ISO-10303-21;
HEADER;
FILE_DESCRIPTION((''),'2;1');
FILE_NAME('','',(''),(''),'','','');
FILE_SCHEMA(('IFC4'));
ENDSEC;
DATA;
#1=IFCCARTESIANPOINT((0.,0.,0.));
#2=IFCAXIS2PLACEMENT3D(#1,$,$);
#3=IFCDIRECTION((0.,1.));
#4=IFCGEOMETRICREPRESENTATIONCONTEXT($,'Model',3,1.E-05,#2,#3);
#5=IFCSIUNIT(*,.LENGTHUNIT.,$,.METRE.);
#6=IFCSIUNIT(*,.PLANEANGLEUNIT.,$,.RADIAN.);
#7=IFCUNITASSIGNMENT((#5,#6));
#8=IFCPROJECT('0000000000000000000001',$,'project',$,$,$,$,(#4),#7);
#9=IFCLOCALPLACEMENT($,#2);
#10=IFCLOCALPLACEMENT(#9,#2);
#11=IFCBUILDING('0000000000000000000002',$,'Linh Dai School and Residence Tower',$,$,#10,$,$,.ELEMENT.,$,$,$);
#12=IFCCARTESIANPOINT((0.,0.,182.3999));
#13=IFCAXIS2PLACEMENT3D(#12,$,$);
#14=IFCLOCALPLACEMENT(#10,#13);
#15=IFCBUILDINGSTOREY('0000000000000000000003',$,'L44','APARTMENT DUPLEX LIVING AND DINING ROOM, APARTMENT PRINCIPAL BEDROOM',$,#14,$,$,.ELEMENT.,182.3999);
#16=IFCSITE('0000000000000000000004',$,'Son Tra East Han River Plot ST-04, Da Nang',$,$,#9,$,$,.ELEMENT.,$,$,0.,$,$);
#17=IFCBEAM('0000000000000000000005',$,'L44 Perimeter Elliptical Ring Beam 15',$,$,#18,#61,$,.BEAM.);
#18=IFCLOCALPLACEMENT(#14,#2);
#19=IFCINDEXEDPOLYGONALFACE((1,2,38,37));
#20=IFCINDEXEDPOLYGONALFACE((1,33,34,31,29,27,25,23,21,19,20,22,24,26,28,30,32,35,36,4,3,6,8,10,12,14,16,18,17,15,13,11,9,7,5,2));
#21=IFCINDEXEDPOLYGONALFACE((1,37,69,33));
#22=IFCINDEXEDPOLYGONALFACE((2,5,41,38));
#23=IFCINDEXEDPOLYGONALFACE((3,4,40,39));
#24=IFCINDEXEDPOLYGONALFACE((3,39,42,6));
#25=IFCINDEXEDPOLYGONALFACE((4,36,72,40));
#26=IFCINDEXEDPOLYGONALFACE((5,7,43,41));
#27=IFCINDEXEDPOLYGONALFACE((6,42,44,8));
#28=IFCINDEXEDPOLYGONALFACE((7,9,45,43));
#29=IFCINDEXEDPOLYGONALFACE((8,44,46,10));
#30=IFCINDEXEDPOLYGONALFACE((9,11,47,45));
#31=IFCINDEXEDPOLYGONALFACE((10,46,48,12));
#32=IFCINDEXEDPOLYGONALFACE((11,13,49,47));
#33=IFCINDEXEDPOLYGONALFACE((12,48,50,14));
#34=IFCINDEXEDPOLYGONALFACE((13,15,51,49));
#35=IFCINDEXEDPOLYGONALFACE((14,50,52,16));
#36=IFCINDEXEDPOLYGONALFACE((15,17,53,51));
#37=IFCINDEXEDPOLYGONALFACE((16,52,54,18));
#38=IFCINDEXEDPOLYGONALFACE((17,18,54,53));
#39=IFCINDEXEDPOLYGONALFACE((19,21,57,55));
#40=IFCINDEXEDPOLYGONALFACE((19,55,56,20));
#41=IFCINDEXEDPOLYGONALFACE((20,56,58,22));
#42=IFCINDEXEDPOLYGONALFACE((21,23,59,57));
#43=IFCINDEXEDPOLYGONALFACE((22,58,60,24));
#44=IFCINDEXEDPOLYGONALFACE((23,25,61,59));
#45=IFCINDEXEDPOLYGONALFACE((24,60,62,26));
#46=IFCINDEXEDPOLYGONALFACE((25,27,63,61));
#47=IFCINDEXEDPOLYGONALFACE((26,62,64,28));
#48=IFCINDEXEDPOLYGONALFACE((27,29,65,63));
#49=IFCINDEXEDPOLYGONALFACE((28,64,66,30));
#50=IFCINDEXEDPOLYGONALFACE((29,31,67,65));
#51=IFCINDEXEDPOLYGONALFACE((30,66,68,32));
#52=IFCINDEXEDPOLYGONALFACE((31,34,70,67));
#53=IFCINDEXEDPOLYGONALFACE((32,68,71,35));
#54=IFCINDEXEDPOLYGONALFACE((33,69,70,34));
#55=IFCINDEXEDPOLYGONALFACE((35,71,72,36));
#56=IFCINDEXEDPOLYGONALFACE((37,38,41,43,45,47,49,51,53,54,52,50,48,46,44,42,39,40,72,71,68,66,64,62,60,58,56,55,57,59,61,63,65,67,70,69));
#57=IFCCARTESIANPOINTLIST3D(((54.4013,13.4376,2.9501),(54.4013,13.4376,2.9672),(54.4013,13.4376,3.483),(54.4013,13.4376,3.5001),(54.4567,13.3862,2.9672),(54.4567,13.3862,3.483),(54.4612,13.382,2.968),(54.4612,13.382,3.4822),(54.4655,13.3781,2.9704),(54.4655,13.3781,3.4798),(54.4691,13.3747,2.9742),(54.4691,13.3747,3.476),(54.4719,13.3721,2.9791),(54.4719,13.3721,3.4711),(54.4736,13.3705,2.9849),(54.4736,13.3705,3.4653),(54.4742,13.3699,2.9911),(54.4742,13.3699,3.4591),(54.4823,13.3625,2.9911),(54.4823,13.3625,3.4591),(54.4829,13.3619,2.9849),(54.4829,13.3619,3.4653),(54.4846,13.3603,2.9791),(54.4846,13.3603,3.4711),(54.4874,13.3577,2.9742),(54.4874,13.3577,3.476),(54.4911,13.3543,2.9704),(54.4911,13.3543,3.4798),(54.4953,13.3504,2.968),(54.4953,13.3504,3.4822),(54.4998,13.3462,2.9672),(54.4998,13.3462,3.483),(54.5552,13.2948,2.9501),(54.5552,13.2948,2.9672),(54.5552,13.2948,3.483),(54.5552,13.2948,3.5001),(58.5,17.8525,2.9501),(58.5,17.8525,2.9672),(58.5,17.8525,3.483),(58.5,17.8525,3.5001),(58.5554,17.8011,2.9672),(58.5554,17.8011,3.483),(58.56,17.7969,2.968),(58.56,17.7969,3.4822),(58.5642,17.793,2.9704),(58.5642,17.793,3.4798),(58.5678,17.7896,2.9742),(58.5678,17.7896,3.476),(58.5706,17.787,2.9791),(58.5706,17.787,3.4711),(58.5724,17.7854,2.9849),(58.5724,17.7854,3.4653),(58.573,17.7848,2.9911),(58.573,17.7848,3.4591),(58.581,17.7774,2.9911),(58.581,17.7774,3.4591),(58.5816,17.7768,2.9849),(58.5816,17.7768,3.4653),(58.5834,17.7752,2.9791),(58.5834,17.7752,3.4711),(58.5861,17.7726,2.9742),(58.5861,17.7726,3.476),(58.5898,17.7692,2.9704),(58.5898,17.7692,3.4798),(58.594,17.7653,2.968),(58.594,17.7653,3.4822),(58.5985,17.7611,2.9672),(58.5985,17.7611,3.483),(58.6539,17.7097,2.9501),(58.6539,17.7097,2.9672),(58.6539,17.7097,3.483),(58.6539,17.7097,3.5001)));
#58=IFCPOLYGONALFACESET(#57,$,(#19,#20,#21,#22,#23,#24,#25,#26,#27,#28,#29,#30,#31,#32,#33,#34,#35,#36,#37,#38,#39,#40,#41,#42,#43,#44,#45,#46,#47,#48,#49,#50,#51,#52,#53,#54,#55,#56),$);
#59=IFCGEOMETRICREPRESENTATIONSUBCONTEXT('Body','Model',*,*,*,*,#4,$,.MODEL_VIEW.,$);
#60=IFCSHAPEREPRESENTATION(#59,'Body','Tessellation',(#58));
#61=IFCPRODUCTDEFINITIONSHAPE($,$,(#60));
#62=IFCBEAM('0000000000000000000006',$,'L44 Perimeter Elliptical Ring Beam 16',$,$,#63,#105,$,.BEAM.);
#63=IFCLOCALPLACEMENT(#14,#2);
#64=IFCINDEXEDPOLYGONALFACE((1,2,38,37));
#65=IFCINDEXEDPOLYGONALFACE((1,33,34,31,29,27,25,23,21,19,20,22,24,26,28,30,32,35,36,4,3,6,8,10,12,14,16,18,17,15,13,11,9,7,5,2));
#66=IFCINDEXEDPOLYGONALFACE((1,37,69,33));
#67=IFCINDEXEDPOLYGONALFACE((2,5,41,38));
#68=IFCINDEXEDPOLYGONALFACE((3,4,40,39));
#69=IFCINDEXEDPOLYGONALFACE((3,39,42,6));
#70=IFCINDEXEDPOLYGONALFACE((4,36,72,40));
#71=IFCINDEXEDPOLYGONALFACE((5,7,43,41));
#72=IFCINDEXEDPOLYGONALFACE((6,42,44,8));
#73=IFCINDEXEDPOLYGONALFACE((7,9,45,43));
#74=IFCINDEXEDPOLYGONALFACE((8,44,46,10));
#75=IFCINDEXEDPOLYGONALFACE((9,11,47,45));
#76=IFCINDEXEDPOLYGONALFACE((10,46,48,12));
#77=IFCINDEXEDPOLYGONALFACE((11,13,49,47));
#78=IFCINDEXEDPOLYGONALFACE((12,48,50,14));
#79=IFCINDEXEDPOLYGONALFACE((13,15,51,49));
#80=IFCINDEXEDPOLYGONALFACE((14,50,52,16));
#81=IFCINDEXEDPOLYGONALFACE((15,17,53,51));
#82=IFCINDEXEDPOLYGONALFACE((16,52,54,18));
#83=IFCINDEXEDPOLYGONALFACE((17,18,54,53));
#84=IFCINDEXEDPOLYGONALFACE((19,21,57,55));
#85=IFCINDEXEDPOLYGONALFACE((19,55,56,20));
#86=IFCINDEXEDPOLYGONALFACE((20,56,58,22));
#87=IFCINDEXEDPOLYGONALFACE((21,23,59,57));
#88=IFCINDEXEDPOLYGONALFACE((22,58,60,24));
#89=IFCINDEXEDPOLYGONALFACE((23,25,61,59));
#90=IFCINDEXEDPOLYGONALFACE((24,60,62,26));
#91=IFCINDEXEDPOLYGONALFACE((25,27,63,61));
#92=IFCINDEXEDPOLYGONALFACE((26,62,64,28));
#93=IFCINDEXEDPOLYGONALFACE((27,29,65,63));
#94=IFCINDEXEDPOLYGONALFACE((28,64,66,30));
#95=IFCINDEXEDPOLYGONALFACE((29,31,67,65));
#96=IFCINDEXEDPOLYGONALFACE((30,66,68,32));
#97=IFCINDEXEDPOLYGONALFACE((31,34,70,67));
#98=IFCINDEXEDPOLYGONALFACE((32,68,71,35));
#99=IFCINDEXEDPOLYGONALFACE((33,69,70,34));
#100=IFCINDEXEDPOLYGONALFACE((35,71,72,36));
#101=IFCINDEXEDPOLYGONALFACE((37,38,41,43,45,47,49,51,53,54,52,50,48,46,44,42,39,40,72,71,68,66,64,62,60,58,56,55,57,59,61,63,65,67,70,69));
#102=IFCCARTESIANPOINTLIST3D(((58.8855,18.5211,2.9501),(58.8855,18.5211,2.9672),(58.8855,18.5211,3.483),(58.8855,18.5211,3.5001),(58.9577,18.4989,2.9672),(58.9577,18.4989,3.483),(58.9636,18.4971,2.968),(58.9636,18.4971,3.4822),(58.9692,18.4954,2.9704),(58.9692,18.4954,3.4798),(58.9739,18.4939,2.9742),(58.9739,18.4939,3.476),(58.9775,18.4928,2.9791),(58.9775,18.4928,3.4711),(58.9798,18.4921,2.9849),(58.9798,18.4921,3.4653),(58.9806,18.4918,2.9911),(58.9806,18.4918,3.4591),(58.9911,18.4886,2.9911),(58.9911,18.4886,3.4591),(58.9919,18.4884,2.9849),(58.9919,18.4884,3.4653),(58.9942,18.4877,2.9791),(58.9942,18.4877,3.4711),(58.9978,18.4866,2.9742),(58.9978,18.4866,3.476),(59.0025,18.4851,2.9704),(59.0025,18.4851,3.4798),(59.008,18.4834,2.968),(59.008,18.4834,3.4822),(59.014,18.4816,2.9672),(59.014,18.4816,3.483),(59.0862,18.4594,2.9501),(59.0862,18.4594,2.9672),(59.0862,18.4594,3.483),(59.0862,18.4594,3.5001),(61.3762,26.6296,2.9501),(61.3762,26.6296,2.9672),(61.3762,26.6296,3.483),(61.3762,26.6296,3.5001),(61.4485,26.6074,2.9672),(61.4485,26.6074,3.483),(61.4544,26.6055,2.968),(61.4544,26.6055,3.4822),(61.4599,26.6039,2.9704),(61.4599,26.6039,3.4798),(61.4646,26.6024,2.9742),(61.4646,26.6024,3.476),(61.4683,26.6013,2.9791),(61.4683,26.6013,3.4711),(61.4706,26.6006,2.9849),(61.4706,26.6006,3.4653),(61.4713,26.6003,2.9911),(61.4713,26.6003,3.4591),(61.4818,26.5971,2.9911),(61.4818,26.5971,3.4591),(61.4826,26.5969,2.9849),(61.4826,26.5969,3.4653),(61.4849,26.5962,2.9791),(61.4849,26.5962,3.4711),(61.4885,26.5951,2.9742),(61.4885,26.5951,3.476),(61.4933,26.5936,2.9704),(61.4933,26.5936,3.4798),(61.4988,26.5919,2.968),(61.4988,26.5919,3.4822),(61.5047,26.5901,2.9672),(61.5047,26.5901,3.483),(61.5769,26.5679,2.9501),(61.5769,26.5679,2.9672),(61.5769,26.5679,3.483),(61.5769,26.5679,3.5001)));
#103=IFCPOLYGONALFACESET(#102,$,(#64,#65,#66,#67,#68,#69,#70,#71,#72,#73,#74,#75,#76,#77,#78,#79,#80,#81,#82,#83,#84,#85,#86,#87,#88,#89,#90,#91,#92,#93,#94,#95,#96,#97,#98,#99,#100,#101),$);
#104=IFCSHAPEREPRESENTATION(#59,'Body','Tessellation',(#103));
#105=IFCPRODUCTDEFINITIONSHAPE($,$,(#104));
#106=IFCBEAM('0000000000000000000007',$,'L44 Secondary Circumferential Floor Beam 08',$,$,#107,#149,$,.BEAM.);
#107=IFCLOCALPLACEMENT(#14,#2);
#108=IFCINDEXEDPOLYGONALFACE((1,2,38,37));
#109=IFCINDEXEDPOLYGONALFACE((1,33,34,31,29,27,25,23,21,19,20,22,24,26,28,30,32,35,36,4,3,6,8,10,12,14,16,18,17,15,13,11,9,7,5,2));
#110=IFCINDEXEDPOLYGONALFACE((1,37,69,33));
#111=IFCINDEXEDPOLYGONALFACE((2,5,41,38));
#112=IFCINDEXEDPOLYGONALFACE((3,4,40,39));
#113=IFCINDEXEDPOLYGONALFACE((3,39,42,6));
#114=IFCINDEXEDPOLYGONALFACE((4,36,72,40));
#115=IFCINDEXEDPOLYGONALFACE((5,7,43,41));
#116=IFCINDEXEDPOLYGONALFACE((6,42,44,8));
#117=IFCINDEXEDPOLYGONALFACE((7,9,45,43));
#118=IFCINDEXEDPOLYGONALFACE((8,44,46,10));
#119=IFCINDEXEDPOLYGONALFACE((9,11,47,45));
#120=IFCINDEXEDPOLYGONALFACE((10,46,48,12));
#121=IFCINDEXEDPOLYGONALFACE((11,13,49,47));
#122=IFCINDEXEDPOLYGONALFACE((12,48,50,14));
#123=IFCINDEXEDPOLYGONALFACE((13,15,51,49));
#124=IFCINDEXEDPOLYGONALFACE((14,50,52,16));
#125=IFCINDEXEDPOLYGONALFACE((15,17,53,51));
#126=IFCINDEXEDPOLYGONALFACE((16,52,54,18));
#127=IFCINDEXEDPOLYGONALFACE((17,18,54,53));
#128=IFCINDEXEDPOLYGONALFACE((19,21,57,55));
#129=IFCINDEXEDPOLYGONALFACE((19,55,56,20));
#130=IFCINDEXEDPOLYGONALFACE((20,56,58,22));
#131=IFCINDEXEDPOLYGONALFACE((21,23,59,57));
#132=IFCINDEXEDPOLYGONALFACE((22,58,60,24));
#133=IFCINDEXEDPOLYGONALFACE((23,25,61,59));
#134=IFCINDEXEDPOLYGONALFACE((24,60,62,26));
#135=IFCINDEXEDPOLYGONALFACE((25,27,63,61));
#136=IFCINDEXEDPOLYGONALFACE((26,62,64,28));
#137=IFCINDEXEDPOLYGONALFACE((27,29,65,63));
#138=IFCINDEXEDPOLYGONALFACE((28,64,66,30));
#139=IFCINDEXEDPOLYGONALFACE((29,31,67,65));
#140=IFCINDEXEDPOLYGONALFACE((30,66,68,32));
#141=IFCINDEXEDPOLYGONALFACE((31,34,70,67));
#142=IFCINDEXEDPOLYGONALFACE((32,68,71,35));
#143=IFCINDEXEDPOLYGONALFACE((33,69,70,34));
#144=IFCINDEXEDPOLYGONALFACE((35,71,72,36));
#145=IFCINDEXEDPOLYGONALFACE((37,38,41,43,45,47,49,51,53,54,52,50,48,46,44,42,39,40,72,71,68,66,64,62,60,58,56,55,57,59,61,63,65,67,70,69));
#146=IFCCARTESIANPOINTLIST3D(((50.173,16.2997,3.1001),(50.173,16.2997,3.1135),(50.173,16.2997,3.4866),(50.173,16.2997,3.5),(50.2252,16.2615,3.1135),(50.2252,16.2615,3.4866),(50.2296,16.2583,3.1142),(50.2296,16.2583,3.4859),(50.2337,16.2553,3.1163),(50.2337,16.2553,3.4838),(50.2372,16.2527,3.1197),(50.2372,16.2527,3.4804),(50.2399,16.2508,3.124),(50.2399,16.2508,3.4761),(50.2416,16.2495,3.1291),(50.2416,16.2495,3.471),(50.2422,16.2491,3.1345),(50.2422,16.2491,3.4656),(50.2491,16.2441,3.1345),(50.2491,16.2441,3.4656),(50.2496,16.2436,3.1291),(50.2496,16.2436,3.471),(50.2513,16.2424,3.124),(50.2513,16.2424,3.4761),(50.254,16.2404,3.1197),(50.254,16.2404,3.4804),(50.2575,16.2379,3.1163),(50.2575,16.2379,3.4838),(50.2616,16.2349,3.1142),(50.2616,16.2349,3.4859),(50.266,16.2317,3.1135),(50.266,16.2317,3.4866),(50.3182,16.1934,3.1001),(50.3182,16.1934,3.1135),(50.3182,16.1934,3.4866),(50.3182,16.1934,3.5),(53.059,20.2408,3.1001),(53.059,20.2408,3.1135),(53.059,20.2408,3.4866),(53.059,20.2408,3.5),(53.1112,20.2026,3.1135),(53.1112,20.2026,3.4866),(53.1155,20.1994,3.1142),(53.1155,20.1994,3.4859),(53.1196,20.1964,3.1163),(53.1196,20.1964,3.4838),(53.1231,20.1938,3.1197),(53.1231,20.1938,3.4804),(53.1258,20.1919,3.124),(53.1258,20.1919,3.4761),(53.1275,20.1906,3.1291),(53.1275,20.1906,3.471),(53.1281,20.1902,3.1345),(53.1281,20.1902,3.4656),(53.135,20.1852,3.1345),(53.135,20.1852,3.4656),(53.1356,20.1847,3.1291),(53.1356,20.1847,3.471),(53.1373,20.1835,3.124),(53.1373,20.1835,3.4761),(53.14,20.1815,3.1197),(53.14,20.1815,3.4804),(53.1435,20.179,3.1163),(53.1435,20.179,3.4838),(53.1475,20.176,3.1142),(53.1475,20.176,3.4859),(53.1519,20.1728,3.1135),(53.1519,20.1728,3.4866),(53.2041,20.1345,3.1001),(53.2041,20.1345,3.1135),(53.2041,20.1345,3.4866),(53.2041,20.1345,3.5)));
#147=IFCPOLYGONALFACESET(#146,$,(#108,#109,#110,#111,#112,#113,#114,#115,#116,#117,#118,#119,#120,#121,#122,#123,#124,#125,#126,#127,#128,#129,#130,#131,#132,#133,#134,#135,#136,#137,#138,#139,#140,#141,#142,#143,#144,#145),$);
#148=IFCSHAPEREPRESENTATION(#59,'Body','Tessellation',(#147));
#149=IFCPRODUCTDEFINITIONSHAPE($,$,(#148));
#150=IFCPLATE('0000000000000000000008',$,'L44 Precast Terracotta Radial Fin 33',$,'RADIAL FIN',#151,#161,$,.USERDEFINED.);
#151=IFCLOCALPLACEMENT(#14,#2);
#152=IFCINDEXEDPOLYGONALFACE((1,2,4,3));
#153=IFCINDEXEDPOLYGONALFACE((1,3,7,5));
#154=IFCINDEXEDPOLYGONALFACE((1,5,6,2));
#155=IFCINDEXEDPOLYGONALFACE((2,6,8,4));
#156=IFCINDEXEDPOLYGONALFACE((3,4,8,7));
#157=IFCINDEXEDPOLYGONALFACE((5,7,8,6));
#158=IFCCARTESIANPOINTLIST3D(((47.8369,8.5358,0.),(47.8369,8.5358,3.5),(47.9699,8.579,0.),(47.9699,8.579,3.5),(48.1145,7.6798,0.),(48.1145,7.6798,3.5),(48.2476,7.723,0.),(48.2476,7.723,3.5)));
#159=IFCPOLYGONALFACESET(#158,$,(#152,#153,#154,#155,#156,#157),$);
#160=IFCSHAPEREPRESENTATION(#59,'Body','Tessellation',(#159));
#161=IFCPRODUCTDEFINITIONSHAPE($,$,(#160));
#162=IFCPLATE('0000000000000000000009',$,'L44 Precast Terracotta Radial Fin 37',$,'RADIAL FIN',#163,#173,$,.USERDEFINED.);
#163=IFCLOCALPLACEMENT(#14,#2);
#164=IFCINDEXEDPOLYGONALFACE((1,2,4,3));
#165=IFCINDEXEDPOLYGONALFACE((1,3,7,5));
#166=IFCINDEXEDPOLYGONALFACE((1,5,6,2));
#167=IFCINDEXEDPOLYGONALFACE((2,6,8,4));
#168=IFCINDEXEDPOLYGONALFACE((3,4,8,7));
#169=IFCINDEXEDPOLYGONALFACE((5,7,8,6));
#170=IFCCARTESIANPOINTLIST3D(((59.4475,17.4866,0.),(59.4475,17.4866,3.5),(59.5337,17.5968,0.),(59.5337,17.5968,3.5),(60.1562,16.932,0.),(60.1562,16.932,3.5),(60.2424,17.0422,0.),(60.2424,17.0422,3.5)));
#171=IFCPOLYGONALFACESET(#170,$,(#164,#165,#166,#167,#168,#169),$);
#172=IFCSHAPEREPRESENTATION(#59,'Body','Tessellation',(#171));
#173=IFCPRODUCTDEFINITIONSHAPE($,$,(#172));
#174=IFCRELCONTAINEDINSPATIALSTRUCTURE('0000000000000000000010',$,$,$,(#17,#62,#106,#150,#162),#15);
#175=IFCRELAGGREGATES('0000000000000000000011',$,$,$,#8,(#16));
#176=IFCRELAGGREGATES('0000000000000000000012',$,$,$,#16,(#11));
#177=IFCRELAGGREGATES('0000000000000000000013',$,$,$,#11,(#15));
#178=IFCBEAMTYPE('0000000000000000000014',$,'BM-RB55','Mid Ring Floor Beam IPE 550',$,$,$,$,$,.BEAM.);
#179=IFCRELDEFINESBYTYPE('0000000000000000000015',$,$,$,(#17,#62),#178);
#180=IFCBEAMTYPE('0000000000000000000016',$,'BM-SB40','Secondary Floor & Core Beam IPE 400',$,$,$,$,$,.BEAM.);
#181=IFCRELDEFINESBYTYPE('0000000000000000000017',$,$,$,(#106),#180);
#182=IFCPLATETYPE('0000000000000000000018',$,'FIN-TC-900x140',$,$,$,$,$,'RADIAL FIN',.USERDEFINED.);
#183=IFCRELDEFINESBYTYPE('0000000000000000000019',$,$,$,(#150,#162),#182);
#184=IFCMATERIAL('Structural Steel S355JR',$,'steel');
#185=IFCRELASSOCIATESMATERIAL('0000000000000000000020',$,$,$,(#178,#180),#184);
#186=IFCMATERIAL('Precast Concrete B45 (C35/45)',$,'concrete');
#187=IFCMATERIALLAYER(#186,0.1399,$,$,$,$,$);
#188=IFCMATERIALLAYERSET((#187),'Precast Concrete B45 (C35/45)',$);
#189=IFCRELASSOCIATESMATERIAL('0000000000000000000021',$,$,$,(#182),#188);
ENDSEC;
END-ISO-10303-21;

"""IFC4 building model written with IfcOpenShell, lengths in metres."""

from ifc_helpers import new_model, si_unit, direction, frame, origin, origin_2d, place, context, subcontext, project, spatial, rectangle, i_section, extrude, source, transform, mapped, material, layer, layer_set, material_profile, profile_set, type_object, element, save


model = new_model("IFC4")

# Units and contexts
model_context = context("Model", 3, precision=1e-05, world=origin(), true_north=direction((0.0, 1.0)))
body_context = subcontext(model_context, "Body", "Model", "MODEL_VIEW")
ifc_project = project(units=[si_unit("LENGTHUNIT", "METRE"), si_unit("PLANEANGLEUNIT", "RADIAN")], contexts=[model_context])

# Site, building, storey
site_placement = place(None, origin())
site = spatial("IfcSite", under=ifc_project, at=site_placement, Name="Son Tra East Han River Plot ST-04, Da Nang", CompositionType="ELEMENT", RefElevation=0.0)
building_placement = place(site_placement, origin())
building = spatial("IfcBuilding", under=site, at=building_placement, Name="Linh Dai School and Residence Tower", CompositionType="ELEMENT")
storey_placement = place(building_placement, frame((0.0, 0.0, 182.3999)))
storey = spatial("IfcBuildingStorey", under=building, at=storey_placement, Name="L44", Description="APARTMENT DUPLEX LIVING AND DINING ROOM, APARTMENT PRINCIPAL BEDROOM", CompositionType="ELEMENT", Elevation=182.3999)

# Shared definitions
ifc_material_1 = material(Name="Structural Steel S355JR", Category="steel")

# Beams
ifc_material_profile_1 = material_profile(ifc_material_1, i_section(OverallWidth=0.21, OverallDepth=0.55, WebThickness=0.011, FlangeThickness=0.0171, FilletRadius=0.0239, at=origin_2d()), Name="IPE 550")
ifc_profile_set_1 = profile_set([ifc_material_profile_1], Name="Structural Steel S355JR")
beam_type_1 = type_object("IfcBeamType", Name="BM-RB55", Description="Mid Ring Floor Beam IPE 550", PredefinedType="BEAM", material=ifc_profile_set_1)
beam_1_placement = place(storey_placement, frame((54.4783, 13.3662, 3.2251), z_axis=(0.680378, 0.732861, 0.0), x_axis=(-0.732861, 0.680378, 0.0)))
element("IfcBeam", 1, at=beam_1_placement, inside=storey, type_object=beam_type_1, Name="L44 Perimeter Elliptical Ring Beam 15", PredefinedType="BEAM", context=body_context, shape_type="SweptSolid", body=[
    extrude(i_section(OverallWidth=0.21, OverallDepth=0.55, WebThickness=0.011, FlangeThickness=0.0171, FilletRadius=0.0239, at=origin_2d()), origin(), (0.0, 0.0, 1.0), 6.0242),
])
beam_2_placement = place(storey_placement, frame((58.9858, 18.4902, 3.2251), z_axis=(0.293637, 0.955917, 0.0), x_axis=(-0.955917, 0.293637, 0.0)))
element("IfcBeam", 2, at=beam_2_placement, inside=storey, type_object=beam_type_1, Name="L44 Perimeter Elliptical Ring Beam 16", PredefinedType="BEAM", context=body_context, shape_type="SweptSolid", body=[
    extrude(i_section(OverallWidth=0.21, OverallDepth=0.55, WebThickness=0.011, FlangeThickness=0.0171, FilletRadius=0.0239, at=origin_2d()), origin(), (0.0, 0.0, 1.0), 8.4824),
])
ifc_material_profile_2 = material_profile(ifc_material_1, i_section(OverallWidth=0.1799, OverallDepth=0.3999, WebThickness=0.0085, FlangeThickness=0.0134, FilletRadius=0.021, at=origin_2d()), Name="IPE 400")
ifc_profile_set_2 = profile_set([ifc_material_profile_2], Name="Structural Steel S355JR")
beam_type_2 = type_object("IfcBeamType", Name="BM-SB40", Description="Secondary Floor & Core Beam IPE 400", PredefinedType="BEAM", material=ifc_profile_set_2)
beam_3_placement = place(storey_placement, frame((50.2456, 16.2466, 3.3), z_axis=(0.590805, 0.806815, 0.0), x_axis=(-0.806815, 0.590805, 0.0)))
element("IfcBeam", 3, at=beam_3_placement, inside=storey, type_object=beam_type_2, Name="L44 Secondary Circumferential Floor Beam 08", PredefinedType="BEAM", context=body_context, shape_type="SweptSolid", body=[
    extrude(i_section(OverallWidth=0.1799, OverallDepth=0.3999, WebThickness=0.0085, FlangeThickness=0.0134, FilletRadius=0.021, at=origin_2d()), origin(), (0.0, 0.0, 1.0), 4.8848),
])

# Plates
ifc_material_2 = material(Name="Precast Concrete B45 (C35/45)", Category="concrete")
ifc_layer_1 = layer(ifc_material_2, 0.1399)
ifc_layer_set_1 = layer_set([ifc_layer_1], Name="Precast Concrete B45 (C35/45)")
plate_type = type_object("IfcPlateType", Name="FIN-TC-900x140", ElementType="RADIAL FIN", PredefinedType="USERDEFINED", material=ifc_layer_set_1)
shared_shape_1 = source(origin(), body_context, "Body", "SweptSolid", [
    extrude(rectangle(XDim=0.8999, YDim=0.1399, at=origin_2d()), origin(), (0.0, 0.0, 1.0), 3.5),
])
for number, where, z_axis, x_axis, name in (
    (4, (48.0422, 8.1294, 0.0), (0.0, 0.0, 1.0), (0.308536, -0.951213, 0.0), "L44 Precast Terracotta Radial Fin 33"),
    (5, (59.845, 17.2644, 0.0), (0.0, 0.0, 1.0), (0.787522, -0.616286, 0.0), "L44 Precast Terracotta Radial Fin 37"),
):
    element("IfcPlate", number, at=place(storey_placement, frame(where, z_axis=z_axis, x_axis=x_axis)), inside=storey, type_object=plate_type, Name=name, ObjectType="RADIAL FIN", PredefinedType="USERDEFINED", context=body_context, shape_type="MappedRepresentation", body=[
        mapped(shared_shape_1, transform((0.0, 0.0, 0.0), x_axis=(1.0, 0.0, 0.0), y_axis=(0.0, 1.0, 0.0), z_axis=(0.0, 0.0, 1.0), scale=1.0)),
    ])

save(model, "model.ifc")
